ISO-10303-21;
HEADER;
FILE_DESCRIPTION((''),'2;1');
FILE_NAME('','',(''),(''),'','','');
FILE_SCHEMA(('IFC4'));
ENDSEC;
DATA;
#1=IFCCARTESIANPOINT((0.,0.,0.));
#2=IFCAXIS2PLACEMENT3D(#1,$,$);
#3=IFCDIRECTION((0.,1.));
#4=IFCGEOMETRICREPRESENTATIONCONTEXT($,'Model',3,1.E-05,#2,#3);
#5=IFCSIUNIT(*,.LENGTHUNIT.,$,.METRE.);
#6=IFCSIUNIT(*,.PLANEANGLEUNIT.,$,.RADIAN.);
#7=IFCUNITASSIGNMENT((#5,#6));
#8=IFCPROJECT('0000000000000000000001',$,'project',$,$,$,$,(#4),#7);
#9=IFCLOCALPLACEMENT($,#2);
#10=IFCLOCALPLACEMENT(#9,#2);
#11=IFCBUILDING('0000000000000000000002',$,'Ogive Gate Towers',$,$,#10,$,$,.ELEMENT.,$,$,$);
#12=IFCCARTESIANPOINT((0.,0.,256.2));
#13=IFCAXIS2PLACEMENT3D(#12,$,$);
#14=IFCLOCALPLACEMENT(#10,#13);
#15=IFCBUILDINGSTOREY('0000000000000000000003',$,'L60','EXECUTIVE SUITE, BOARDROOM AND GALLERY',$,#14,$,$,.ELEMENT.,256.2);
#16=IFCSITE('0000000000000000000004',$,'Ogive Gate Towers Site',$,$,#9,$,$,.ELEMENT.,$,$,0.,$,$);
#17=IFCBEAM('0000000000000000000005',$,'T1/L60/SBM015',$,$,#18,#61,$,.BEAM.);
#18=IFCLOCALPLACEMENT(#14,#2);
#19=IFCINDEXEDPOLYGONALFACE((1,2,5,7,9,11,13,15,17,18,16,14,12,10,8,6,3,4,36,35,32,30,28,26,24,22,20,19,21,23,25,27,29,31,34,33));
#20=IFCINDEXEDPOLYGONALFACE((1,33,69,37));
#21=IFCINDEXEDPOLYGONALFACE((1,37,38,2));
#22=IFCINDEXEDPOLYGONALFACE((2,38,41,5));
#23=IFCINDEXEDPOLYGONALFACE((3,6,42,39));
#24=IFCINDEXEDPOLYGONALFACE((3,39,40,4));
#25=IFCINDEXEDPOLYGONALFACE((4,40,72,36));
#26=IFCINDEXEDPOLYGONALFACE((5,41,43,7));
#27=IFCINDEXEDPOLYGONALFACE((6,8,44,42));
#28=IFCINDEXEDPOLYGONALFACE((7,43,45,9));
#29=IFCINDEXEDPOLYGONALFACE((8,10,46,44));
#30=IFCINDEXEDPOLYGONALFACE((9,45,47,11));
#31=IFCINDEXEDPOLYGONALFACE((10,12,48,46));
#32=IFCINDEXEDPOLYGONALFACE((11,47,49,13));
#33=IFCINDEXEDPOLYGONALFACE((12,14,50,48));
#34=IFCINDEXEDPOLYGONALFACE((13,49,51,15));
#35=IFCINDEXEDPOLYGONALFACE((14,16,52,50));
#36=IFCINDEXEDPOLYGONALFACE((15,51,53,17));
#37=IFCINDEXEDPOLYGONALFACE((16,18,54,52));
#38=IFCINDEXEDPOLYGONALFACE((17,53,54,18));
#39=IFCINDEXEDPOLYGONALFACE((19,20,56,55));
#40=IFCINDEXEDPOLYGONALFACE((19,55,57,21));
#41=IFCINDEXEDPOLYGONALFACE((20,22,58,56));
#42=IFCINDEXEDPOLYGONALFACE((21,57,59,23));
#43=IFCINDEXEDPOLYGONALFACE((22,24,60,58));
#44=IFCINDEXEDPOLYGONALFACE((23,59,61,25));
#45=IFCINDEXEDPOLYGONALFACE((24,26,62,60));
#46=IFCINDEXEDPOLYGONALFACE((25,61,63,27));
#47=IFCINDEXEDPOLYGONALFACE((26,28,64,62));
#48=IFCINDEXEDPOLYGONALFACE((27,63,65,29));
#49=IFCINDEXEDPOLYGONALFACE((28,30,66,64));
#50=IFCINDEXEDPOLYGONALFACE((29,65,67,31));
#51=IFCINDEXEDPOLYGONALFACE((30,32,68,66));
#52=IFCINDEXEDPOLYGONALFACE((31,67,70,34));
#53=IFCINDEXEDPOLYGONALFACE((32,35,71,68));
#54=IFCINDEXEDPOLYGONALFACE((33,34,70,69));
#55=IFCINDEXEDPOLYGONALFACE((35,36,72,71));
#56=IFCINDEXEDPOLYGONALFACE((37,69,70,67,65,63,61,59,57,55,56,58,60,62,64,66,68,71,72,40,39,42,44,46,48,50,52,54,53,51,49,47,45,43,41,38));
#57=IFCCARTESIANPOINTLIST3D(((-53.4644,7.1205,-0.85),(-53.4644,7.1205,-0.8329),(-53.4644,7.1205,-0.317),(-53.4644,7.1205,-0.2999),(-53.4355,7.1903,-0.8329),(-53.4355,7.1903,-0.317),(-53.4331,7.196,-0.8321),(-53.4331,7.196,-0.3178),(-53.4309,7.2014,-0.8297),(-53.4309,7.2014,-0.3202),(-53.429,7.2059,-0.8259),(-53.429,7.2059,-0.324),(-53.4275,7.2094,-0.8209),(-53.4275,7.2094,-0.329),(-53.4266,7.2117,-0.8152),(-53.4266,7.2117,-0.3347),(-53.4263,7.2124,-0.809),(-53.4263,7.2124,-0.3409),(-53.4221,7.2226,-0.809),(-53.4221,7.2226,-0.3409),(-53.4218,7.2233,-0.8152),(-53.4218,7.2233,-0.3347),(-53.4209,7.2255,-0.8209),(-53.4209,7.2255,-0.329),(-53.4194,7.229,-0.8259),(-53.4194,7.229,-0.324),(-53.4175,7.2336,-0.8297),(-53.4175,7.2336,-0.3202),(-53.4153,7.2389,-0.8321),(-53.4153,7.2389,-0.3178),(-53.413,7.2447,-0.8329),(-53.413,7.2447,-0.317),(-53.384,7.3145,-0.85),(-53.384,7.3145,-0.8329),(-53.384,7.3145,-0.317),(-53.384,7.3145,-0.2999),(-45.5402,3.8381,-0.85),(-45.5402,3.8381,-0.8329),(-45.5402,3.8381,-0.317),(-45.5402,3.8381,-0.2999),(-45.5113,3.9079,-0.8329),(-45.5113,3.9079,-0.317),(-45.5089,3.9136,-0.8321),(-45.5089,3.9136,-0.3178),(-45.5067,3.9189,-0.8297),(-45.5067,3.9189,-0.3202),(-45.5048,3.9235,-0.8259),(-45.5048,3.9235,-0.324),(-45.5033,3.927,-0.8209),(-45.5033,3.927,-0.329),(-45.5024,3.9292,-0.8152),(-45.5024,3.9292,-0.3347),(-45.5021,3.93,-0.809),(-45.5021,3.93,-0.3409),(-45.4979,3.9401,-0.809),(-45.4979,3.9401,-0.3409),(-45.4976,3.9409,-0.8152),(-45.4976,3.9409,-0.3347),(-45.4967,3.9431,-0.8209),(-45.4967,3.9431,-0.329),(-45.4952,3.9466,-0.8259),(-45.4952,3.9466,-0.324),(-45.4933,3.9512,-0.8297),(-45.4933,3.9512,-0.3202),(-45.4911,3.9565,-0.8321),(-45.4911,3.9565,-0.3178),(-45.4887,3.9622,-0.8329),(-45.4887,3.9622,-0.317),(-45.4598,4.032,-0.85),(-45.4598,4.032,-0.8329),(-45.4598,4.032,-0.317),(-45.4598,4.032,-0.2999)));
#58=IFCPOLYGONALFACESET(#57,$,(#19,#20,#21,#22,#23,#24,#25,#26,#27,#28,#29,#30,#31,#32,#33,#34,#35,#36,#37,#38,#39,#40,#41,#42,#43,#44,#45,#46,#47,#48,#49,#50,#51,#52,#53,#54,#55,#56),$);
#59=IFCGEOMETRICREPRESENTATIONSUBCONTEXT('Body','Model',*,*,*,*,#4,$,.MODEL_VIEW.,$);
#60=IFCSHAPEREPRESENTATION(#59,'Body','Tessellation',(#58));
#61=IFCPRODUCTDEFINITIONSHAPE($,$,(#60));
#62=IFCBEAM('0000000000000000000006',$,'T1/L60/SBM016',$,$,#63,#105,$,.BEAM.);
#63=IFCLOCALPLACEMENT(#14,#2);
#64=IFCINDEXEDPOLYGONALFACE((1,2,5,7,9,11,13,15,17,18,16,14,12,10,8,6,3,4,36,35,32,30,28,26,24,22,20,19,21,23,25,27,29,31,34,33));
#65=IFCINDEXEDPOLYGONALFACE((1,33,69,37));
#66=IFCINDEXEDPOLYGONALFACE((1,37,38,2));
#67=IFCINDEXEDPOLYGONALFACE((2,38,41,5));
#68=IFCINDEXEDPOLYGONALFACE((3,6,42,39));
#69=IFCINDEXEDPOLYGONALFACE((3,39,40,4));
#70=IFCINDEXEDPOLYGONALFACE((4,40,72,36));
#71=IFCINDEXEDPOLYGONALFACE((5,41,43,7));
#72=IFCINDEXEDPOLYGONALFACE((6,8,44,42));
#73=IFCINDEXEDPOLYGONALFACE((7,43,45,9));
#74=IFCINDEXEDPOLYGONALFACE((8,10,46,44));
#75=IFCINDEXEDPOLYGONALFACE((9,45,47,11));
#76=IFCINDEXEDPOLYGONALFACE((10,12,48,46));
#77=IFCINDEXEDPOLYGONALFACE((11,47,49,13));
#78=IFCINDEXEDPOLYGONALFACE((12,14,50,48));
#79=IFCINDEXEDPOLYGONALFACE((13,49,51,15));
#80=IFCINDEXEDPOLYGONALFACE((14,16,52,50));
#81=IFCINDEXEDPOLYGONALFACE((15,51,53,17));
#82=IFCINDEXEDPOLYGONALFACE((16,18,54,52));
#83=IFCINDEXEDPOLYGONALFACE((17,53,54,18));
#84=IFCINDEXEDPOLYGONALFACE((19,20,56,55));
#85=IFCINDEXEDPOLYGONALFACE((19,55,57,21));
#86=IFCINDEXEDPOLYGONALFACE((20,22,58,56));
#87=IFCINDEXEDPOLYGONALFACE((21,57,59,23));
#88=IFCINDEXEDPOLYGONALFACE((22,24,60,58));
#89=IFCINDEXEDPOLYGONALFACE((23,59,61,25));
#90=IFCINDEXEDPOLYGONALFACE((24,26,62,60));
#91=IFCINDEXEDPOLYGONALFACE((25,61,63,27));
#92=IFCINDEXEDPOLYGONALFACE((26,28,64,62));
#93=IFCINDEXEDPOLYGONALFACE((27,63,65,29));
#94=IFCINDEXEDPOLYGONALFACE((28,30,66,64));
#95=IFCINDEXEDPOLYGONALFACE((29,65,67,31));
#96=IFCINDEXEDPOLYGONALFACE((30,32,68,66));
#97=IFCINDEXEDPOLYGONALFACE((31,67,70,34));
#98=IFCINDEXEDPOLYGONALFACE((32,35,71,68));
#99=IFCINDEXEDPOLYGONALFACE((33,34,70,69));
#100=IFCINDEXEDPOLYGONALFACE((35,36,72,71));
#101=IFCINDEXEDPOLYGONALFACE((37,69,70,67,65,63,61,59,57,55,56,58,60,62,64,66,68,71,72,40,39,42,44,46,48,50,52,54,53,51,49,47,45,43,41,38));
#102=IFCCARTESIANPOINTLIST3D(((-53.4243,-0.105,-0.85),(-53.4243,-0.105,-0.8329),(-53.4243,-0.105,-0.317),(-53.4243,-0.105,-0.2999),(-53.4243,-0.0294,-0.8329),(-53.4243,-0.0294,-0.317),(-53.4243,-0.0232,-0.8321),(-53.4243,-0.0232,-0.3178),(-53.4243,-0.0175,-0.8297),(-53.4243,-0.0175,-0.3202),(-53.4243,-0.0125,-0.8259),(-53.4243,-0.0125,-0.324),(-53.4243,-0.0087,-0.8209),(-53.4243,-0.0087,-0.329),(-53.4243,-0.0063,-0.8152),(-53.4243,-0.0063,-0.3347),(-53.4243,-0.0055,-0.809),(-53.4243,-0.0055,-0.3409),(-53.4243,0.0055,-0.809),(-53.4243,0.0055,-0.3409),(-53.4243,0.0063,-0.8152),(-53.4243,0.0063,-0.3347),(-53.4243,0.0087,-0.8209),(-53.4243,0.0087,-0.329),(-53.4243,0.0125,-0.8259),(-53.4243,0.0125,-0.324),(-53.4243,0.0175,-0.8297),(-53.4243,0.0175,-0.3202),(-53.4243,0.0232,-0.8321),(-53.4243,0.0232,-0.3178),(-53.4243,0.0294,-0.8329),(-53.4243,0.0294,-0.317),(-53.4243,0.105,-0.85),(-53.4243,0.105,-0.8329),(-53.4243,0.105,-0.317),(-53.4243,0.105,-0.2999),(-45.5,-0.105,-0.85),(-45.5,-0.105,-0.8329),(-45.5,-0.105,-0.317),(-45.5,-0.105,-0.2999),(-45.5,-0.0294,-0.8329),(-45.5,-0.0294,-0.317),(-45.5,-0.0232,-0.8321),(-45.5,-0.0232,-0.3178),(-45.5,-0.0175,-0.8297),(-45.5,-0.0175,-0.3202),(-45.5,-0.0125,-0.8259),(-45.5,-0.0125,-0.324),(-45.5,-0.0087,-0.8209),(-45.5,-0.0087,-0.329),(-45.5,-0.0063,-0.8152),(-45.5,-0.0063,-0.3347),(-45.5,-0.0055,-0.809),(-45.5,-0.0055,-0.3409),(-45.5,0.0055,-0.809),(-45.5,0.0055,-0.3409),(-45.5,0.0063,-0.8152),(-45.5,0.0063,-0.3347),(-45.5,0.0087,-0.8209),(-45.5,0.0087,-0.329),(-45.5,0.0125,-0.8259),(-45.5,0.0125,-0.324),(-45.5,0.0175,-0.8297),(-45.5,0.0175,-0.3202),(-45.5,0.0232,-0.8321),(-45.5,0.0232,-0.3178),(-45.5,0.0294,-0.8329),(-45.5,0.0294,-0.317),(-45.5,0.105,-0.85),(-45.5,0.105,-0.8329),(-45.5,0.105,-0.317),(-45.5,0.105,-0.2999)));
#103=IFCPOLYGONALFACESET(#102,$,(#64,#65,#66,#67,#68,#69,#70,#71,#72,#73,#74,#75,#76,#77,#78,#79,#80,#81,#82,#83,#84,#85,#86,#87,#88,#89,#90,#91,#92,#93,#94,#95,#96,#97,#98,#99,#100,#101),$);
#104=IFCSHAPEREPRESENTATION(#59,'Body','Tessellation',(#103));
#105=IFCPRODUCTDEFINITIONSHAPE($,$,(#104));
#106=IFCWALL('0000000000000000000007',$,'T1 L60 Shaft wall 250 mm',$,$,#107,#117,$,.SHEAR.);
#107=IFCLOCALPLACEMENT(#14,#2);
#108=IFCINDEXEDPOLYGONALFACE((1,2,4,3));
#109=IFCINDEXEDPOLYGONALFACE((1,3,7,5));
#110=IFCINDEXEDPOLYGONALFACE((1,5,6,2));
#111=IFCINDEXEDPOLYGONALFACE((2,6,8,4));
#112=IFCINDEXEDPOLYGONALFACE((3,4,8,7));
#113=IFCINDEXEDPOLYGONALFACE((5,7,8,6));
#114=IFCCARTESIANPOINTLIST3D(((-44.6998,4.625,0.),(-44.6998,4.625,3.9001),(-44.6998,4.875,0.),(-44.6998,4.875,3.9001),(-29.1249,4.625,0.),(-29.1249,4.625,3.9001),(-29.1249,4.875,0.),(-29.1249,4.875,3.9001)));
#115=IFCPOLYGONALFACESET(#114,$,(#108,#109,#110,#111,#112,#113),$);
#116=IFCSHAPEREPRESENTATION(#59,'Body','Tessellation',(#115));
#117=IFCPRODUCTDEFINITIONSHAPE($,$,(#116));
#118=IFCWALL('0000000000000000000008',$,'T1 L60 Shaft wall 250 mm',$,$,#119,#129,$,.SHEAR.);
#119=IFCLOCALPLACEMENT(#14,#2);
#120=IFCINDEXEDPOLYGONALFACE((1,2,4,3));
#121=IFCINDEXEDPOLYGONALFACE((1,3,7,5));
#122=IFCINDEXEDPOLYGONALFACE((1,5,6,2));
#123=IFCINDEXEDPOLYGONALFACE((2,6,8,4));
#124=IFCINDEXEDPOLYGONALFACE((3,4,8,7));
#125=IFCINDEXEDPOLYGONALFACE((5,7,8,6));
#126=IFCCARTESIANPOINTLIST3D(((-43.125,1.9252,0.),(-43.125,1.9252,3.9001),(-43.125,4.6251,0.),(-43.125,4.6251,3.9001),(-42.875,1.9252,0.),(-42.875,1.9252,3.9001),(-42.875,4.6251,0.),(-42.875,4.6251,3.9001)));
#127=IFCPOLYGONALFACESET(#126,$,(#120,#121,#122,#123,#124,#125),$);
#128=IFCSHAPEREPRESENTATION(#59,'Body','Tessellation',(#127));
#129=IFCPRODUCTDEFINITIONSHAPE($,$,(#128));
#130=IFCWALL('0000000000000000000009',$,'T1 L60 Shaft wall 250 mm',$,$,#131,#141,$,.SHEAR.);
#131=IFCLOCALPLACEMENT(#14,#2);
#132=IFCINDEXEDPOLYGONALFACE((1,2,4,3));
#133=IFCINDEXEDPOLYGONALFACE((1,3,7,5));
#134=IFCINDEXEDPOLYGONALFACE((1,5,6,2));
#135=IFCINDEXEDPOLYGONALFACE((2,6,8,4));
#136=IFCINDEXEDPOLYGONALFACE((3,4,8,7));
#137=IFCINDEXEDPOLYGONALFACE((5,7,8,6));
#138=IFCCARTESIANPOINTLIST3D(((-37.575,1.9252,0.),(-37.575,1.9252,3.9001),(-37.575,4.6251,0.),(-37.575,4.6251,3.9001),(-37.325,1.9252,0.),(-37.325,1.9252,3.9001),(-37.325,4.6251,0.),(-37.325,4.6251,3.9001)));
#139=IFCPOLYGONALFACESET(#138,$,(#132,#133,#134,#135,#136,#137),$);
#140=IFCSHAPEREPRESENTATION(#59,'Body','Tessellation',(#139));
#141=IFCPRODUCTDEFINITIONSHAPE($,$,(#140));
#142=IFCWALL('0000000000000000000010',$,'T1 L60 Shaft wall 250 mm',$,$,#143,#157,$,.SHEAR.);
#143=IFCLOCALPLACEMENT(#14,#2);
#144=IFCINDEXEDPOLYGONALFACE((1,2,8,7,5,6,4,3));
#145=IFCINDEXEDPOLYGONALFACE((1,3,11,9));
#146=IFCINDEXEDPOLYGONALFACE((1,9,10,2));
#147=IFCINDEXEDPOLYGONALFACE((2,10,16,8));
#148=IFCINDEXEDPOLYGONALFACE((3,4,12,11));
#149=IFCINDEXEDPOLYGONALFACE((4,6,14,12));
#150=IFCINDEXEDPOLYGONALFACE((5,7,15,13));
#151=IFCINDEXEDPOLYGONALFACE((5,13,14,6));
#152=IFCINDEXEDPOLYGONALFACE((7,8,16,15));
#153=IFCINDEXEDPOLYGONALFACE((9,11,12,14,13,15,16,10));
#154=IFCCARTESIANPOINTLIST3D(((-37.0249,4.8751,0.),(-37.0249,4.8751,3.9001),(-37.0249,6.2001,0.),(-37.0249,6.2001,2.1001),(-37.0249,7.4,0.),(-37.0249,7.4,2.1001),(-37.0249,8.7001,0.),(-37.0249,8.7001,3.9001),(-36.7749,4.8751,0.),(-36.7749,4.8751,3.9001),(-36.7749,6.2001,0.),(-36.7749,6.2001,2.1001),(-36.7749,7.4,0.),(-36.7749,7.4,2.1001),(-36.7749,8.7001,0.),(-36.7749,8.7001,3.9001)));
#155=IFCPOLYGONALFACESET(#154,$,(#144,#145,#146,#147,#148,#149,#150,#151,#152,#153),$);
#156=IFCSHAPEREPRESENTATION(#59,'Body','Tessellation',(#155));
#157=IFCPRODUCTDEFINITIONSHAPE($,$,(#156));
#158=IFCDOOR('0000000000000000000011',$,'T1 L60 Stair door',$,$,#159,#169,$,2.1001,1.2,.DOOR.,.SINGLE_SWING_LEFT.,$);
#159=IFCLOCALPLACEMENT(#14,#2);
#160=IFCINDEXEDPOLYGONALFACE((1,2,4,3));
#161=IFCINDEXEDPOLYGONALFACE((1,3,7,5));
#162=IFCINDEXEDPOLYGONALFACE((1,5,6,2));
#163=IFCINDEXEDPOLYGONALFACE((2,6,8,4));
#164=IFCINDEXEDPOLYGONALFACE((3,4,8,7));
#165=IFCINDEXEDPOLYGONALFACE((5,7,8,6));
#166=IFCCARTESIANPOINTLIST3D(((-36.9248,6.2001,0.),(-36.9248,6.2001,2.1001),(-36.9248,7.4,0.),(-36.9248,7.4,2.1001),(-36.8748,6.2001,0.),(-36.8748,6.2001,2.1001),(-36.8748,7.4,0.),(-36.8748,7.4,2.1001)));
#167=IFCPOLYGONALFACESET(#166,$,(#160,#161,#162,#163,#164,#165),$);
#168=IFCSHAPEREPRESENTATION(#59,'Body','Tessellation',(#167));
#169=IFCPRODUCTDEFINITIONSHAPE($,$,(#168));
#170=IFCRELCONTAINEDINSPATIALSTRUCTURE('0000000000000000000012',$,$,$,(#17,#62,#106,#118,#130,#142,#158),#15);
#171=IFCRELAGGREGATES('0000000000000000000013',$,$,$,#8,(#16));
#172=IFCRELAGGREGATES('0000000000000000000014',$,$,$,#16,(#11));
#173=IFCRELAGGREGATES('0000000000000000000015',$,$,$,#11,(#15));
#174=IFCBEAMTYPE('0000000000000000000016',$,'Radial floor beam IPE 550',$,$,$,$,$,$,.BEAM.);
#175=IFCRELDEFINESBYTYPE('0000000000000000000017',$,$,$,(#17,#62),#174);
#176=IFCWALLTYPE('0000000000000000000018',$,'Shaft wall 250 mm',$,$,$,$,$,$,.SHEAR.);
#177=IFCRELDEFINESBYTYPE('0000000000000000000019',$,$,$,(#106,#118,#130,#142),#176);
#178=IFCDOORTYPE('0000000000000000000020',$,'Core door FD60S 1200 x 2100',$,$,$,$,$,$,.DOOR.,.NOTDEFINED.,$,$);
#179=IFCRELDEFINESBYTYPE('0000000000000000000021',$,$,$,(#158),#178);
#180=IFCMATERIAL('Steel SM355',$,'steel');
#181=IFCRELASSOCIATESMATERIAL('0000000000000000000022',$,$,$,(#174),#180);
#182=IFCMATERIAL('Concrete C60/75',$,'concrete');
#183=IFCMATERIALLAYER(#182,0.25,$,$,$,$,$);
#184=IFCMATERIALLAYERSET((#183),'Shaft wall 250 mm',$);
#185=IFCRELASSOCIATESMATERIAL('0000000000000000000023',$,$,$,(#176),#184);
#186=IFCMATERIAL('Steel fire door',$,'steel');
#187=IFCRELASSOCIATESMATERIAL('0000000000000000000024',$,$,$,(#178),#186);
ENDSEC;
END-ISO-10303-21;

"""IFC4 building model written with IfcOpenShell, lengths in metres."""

from ifc_helpers import new_model, si_unit, direction, frame, frame_2d, origin, origin_2d, place, context, subcontext, project, spatial, rectangle, i_section, extrude, material, layer, layer_set, material_profile, profile_set, type_object, element, fill, save


model = new_model("IFC4")

# Units and contexts
model_context = context("Model", 3, precision=1e-05, world=origin(), true_north=direction((0.0, 1.0)))
body_context = subcontext(model_context, "Body", "Model", "MODEL_VIEW")
ifc_project = project(units=[si_unit("LENGTHUNIT", "METRE"), si_unit("PLANEANGLEUNIT", "RADIAN")], contexts=[model_context])

# Site, building, storey
site_placement = place(None, origin())
site = spatial("IfcSite", under=ifc_project, at=site_placement, Name="Ogive Gate Towers Site", CompositionType="ELEMENT", RefElevation=0.0)
building_placement = place(site_placement, origin())
building = spatial("IfcBuilding", under=site, at=building_placement, Name="Ogive Gate Towers", CompositionType="ELEMENT")
storey_placement = place(building_placement, frame((0.0, 0.0, 256.2)))
storey = spatial("IfcBuildingStorey", under=building, at=storey_placement, Name="L60", Description="EXECUTIVE SUITE, BOARDROOM AND GALLERY", CompositionType="ELEMENT", Elevation=256.2)

# Beams
ifc_material_1 = material(Name="Steel SM355", Category="steel")
ifc_material_profile = material_profile(ifc_material_1, i_section(OverallWidth=0.21, OverallDepth=0.55, WebThickness=0.011, FlangeThickness=0.0171, FilletRadius=0.0239, at=origin_2d()), Name="IPE 550")
ifc_profile_set = profile_set([ifc_material_profile], Name="Steel SM355")
beam_type = type_object("IfcBeamType", Name="Radial floor beam IPE 550", PredefinedType="BEAM", material=ifc_profile_set)
beam_1_placement = place(storey_placement, frame((-45.5, 3.9351, -0.575), z_axis=(-0.923875, 0.382695, 0.0), x_axis=(-0.382695, -0.923875, 0.0)))
element("IfcBeam", 1, at=beam_1_placement, inside=storey, type_object=beam_type, Name="T1/L60/SBM015", PredefinedType="BEAM", context=body_context, shape_type="SweptSolid", body=[
    extrude(i_section(OverallWidth=0.21, OverallDepth=0.55, WebThickness=0.011, FlangeThickness=0.0171, FilletRadius=0.0239, at=origin_2d()), origin(), (0.0, 0.0, 1.0), 8.5771),
])
beam_2_placement = place(storey_placement, frame((-45.5, 0.0, -0.575), z_axis=(-1.0, 0.0, 0.0), x_axis=(0.0, -1.0, 0.0)))
element("IfcBeam", 2, at=beam_2_placement, inside=storey, type_object=beam_type, Name="T1/L60/SBM016", PredefinedType="BEAM", context=body_context, shape_type="SweptSolid", body=[
    extrude(i_section(OverallWidth=0.21, OverallDepth=0.55, WebThickness=0.011, FlangeThickness=0.0171, FilletRadius=0.0239, at=origin_2d()), origin(), (0.0, 0.0, 1.0), 7.9243),
])

# Walls
ifc_material_2 = material(Name="Concrete C60/75", Category="concrete")
ifc_layer_1 = layer(ifc_material_2, 0.25)
ifc_layer_set_1 = layer_set([ifc_layer_1], Name="Shaft wall 250 mm")
wall_type_1 = type_object("IfcWallType", Name="Shaft wall 250 mm", PredefinedType="SHEAR", material=ifc_layer_set_1)
wall_1_placement = place(storey_placement, frame((-44.7, 4.75, 0.0), z_axis=(0.0, 0.0, 1.0), x_axis=(1.0, 0.0, 0.0)))
element("IfcWall", 3, at=wall_1_placement, inside=storey, type_object=wall_type_1, Name="T1 L60 Shaft wall 250 mm", PredefinedType="SHEAR", context=body_context, shape_type="SweptSolid", body=[
    extrude(rectangle(XDim=15.575, YDim=0.25, at=frame_2d((7.7876, 0.0))), origin(), (0.0, 0.0, 1.0), 3.9001),
])
for number, where, z_axis, x_axis, name in (
    (4, (-43.0, 1.925, 0.0), (0.0, 0.0, 1.0), (0.0, 1.0, 0.0), "T1 L60 Shaft wall 250 mm"),
    (5, (-37.45, 1.925, 0.0), (0.0, 0.0, 1.0), (0.0, 1.0, 0.0), "T1 L60 Shaft wall 250 mm"),
):
    element("IfcWall", number, at=place(storey_placement, frame(where, z_axis=z_axis, x_axis=x_axis)), inside=storey, type_object=wall_type_1, Name=name, PredefinedType="SHEAR", context=body_context, shape_type="SweptSolid", body=[
        extrude(rectangle(XDim=2.7, YDim=0.25, at=frame_2d((1.3501, 0.0))), origin(), (0.0, 0.0, 1.0), 3.9001),
    ])

# Wall, opening, door
wall_2_placement = place(storey_placement, frame((-36.8999, 4.875, 0.0), z_axis=(0.0, 0.0, 1.0), x_axis=(0.0, 1.0, 0.0)))
wall_2 = element("IfcWall", 6, at=wall_2_placement, inside=storey, type_object=wall_type_1, Name="T1 L60 Shaft wall 250 mm", PredefinedType="SHEAR", context=body_context, shape_type="SweptSolid", body=[
    extrude(rectangle(XDim=3.825, YDim=0.25, at=frame_2d((1.9126, 0.0))), origin(), (0.0, 0.0, 1.0), 3.9001),
])
opening_1_placement = place(wall_2_placement, frame((1.325, 0.0, 0.0)))
opening_1 = element("IfcOpeningElement", 7, at=opening_1_placement, cuts=wall_2, PredefinedType="OPENING", context=body_context, shape_type="SweptSolid", body=[
    extrude(rectangle(XDim=1.2, YDim=2.1001, at=frame_2d((0.6001, 1.05))), frame((0.0, 0.135, 0.0), z_axis=(0.0, -1.0, 0.0), x_axis=(1.0, 0.0, 0.0)), (0.0, 0.0, 1.0), 0.27),
])
ifc_material_3 = material(Name="Steel fire door", Category="steel")
door_type_1 = type_object("IfcDoorType", Name="Core door FD60S 1200 x 2100", OperationType="NOTDEFINED", PredefinedType="DOOR", material=ifc_material_3)
door_1_placement = place(opening_1_placement, origin())
door_1 = element("IfcDoor", 8, at=door_1_placement, inside=storey, type_object=door_type_1, Name="T1 L60 Stair door", OperationType="SINGLE_SWING_LEFT", OverallHeight=2.1001, OverallWidth=1.2, PredefinedType="DOOR", context=body_context, shape_type="SweptSolid", body=[
    extrude(rectangle(XDim=1.2, YDim=2.1001, at=frame_2d((0.6001, 1.05))), frame((0.0, 0.0249, 0.0), z_axis=(0.0, -1.0, 0.0), x_axis=(1.0, 0.0, 0.0)), (0.0, 0.0, 1.0), 0.05),
])
fill(opening_1, door_1)

save(model, "model.ifc")
